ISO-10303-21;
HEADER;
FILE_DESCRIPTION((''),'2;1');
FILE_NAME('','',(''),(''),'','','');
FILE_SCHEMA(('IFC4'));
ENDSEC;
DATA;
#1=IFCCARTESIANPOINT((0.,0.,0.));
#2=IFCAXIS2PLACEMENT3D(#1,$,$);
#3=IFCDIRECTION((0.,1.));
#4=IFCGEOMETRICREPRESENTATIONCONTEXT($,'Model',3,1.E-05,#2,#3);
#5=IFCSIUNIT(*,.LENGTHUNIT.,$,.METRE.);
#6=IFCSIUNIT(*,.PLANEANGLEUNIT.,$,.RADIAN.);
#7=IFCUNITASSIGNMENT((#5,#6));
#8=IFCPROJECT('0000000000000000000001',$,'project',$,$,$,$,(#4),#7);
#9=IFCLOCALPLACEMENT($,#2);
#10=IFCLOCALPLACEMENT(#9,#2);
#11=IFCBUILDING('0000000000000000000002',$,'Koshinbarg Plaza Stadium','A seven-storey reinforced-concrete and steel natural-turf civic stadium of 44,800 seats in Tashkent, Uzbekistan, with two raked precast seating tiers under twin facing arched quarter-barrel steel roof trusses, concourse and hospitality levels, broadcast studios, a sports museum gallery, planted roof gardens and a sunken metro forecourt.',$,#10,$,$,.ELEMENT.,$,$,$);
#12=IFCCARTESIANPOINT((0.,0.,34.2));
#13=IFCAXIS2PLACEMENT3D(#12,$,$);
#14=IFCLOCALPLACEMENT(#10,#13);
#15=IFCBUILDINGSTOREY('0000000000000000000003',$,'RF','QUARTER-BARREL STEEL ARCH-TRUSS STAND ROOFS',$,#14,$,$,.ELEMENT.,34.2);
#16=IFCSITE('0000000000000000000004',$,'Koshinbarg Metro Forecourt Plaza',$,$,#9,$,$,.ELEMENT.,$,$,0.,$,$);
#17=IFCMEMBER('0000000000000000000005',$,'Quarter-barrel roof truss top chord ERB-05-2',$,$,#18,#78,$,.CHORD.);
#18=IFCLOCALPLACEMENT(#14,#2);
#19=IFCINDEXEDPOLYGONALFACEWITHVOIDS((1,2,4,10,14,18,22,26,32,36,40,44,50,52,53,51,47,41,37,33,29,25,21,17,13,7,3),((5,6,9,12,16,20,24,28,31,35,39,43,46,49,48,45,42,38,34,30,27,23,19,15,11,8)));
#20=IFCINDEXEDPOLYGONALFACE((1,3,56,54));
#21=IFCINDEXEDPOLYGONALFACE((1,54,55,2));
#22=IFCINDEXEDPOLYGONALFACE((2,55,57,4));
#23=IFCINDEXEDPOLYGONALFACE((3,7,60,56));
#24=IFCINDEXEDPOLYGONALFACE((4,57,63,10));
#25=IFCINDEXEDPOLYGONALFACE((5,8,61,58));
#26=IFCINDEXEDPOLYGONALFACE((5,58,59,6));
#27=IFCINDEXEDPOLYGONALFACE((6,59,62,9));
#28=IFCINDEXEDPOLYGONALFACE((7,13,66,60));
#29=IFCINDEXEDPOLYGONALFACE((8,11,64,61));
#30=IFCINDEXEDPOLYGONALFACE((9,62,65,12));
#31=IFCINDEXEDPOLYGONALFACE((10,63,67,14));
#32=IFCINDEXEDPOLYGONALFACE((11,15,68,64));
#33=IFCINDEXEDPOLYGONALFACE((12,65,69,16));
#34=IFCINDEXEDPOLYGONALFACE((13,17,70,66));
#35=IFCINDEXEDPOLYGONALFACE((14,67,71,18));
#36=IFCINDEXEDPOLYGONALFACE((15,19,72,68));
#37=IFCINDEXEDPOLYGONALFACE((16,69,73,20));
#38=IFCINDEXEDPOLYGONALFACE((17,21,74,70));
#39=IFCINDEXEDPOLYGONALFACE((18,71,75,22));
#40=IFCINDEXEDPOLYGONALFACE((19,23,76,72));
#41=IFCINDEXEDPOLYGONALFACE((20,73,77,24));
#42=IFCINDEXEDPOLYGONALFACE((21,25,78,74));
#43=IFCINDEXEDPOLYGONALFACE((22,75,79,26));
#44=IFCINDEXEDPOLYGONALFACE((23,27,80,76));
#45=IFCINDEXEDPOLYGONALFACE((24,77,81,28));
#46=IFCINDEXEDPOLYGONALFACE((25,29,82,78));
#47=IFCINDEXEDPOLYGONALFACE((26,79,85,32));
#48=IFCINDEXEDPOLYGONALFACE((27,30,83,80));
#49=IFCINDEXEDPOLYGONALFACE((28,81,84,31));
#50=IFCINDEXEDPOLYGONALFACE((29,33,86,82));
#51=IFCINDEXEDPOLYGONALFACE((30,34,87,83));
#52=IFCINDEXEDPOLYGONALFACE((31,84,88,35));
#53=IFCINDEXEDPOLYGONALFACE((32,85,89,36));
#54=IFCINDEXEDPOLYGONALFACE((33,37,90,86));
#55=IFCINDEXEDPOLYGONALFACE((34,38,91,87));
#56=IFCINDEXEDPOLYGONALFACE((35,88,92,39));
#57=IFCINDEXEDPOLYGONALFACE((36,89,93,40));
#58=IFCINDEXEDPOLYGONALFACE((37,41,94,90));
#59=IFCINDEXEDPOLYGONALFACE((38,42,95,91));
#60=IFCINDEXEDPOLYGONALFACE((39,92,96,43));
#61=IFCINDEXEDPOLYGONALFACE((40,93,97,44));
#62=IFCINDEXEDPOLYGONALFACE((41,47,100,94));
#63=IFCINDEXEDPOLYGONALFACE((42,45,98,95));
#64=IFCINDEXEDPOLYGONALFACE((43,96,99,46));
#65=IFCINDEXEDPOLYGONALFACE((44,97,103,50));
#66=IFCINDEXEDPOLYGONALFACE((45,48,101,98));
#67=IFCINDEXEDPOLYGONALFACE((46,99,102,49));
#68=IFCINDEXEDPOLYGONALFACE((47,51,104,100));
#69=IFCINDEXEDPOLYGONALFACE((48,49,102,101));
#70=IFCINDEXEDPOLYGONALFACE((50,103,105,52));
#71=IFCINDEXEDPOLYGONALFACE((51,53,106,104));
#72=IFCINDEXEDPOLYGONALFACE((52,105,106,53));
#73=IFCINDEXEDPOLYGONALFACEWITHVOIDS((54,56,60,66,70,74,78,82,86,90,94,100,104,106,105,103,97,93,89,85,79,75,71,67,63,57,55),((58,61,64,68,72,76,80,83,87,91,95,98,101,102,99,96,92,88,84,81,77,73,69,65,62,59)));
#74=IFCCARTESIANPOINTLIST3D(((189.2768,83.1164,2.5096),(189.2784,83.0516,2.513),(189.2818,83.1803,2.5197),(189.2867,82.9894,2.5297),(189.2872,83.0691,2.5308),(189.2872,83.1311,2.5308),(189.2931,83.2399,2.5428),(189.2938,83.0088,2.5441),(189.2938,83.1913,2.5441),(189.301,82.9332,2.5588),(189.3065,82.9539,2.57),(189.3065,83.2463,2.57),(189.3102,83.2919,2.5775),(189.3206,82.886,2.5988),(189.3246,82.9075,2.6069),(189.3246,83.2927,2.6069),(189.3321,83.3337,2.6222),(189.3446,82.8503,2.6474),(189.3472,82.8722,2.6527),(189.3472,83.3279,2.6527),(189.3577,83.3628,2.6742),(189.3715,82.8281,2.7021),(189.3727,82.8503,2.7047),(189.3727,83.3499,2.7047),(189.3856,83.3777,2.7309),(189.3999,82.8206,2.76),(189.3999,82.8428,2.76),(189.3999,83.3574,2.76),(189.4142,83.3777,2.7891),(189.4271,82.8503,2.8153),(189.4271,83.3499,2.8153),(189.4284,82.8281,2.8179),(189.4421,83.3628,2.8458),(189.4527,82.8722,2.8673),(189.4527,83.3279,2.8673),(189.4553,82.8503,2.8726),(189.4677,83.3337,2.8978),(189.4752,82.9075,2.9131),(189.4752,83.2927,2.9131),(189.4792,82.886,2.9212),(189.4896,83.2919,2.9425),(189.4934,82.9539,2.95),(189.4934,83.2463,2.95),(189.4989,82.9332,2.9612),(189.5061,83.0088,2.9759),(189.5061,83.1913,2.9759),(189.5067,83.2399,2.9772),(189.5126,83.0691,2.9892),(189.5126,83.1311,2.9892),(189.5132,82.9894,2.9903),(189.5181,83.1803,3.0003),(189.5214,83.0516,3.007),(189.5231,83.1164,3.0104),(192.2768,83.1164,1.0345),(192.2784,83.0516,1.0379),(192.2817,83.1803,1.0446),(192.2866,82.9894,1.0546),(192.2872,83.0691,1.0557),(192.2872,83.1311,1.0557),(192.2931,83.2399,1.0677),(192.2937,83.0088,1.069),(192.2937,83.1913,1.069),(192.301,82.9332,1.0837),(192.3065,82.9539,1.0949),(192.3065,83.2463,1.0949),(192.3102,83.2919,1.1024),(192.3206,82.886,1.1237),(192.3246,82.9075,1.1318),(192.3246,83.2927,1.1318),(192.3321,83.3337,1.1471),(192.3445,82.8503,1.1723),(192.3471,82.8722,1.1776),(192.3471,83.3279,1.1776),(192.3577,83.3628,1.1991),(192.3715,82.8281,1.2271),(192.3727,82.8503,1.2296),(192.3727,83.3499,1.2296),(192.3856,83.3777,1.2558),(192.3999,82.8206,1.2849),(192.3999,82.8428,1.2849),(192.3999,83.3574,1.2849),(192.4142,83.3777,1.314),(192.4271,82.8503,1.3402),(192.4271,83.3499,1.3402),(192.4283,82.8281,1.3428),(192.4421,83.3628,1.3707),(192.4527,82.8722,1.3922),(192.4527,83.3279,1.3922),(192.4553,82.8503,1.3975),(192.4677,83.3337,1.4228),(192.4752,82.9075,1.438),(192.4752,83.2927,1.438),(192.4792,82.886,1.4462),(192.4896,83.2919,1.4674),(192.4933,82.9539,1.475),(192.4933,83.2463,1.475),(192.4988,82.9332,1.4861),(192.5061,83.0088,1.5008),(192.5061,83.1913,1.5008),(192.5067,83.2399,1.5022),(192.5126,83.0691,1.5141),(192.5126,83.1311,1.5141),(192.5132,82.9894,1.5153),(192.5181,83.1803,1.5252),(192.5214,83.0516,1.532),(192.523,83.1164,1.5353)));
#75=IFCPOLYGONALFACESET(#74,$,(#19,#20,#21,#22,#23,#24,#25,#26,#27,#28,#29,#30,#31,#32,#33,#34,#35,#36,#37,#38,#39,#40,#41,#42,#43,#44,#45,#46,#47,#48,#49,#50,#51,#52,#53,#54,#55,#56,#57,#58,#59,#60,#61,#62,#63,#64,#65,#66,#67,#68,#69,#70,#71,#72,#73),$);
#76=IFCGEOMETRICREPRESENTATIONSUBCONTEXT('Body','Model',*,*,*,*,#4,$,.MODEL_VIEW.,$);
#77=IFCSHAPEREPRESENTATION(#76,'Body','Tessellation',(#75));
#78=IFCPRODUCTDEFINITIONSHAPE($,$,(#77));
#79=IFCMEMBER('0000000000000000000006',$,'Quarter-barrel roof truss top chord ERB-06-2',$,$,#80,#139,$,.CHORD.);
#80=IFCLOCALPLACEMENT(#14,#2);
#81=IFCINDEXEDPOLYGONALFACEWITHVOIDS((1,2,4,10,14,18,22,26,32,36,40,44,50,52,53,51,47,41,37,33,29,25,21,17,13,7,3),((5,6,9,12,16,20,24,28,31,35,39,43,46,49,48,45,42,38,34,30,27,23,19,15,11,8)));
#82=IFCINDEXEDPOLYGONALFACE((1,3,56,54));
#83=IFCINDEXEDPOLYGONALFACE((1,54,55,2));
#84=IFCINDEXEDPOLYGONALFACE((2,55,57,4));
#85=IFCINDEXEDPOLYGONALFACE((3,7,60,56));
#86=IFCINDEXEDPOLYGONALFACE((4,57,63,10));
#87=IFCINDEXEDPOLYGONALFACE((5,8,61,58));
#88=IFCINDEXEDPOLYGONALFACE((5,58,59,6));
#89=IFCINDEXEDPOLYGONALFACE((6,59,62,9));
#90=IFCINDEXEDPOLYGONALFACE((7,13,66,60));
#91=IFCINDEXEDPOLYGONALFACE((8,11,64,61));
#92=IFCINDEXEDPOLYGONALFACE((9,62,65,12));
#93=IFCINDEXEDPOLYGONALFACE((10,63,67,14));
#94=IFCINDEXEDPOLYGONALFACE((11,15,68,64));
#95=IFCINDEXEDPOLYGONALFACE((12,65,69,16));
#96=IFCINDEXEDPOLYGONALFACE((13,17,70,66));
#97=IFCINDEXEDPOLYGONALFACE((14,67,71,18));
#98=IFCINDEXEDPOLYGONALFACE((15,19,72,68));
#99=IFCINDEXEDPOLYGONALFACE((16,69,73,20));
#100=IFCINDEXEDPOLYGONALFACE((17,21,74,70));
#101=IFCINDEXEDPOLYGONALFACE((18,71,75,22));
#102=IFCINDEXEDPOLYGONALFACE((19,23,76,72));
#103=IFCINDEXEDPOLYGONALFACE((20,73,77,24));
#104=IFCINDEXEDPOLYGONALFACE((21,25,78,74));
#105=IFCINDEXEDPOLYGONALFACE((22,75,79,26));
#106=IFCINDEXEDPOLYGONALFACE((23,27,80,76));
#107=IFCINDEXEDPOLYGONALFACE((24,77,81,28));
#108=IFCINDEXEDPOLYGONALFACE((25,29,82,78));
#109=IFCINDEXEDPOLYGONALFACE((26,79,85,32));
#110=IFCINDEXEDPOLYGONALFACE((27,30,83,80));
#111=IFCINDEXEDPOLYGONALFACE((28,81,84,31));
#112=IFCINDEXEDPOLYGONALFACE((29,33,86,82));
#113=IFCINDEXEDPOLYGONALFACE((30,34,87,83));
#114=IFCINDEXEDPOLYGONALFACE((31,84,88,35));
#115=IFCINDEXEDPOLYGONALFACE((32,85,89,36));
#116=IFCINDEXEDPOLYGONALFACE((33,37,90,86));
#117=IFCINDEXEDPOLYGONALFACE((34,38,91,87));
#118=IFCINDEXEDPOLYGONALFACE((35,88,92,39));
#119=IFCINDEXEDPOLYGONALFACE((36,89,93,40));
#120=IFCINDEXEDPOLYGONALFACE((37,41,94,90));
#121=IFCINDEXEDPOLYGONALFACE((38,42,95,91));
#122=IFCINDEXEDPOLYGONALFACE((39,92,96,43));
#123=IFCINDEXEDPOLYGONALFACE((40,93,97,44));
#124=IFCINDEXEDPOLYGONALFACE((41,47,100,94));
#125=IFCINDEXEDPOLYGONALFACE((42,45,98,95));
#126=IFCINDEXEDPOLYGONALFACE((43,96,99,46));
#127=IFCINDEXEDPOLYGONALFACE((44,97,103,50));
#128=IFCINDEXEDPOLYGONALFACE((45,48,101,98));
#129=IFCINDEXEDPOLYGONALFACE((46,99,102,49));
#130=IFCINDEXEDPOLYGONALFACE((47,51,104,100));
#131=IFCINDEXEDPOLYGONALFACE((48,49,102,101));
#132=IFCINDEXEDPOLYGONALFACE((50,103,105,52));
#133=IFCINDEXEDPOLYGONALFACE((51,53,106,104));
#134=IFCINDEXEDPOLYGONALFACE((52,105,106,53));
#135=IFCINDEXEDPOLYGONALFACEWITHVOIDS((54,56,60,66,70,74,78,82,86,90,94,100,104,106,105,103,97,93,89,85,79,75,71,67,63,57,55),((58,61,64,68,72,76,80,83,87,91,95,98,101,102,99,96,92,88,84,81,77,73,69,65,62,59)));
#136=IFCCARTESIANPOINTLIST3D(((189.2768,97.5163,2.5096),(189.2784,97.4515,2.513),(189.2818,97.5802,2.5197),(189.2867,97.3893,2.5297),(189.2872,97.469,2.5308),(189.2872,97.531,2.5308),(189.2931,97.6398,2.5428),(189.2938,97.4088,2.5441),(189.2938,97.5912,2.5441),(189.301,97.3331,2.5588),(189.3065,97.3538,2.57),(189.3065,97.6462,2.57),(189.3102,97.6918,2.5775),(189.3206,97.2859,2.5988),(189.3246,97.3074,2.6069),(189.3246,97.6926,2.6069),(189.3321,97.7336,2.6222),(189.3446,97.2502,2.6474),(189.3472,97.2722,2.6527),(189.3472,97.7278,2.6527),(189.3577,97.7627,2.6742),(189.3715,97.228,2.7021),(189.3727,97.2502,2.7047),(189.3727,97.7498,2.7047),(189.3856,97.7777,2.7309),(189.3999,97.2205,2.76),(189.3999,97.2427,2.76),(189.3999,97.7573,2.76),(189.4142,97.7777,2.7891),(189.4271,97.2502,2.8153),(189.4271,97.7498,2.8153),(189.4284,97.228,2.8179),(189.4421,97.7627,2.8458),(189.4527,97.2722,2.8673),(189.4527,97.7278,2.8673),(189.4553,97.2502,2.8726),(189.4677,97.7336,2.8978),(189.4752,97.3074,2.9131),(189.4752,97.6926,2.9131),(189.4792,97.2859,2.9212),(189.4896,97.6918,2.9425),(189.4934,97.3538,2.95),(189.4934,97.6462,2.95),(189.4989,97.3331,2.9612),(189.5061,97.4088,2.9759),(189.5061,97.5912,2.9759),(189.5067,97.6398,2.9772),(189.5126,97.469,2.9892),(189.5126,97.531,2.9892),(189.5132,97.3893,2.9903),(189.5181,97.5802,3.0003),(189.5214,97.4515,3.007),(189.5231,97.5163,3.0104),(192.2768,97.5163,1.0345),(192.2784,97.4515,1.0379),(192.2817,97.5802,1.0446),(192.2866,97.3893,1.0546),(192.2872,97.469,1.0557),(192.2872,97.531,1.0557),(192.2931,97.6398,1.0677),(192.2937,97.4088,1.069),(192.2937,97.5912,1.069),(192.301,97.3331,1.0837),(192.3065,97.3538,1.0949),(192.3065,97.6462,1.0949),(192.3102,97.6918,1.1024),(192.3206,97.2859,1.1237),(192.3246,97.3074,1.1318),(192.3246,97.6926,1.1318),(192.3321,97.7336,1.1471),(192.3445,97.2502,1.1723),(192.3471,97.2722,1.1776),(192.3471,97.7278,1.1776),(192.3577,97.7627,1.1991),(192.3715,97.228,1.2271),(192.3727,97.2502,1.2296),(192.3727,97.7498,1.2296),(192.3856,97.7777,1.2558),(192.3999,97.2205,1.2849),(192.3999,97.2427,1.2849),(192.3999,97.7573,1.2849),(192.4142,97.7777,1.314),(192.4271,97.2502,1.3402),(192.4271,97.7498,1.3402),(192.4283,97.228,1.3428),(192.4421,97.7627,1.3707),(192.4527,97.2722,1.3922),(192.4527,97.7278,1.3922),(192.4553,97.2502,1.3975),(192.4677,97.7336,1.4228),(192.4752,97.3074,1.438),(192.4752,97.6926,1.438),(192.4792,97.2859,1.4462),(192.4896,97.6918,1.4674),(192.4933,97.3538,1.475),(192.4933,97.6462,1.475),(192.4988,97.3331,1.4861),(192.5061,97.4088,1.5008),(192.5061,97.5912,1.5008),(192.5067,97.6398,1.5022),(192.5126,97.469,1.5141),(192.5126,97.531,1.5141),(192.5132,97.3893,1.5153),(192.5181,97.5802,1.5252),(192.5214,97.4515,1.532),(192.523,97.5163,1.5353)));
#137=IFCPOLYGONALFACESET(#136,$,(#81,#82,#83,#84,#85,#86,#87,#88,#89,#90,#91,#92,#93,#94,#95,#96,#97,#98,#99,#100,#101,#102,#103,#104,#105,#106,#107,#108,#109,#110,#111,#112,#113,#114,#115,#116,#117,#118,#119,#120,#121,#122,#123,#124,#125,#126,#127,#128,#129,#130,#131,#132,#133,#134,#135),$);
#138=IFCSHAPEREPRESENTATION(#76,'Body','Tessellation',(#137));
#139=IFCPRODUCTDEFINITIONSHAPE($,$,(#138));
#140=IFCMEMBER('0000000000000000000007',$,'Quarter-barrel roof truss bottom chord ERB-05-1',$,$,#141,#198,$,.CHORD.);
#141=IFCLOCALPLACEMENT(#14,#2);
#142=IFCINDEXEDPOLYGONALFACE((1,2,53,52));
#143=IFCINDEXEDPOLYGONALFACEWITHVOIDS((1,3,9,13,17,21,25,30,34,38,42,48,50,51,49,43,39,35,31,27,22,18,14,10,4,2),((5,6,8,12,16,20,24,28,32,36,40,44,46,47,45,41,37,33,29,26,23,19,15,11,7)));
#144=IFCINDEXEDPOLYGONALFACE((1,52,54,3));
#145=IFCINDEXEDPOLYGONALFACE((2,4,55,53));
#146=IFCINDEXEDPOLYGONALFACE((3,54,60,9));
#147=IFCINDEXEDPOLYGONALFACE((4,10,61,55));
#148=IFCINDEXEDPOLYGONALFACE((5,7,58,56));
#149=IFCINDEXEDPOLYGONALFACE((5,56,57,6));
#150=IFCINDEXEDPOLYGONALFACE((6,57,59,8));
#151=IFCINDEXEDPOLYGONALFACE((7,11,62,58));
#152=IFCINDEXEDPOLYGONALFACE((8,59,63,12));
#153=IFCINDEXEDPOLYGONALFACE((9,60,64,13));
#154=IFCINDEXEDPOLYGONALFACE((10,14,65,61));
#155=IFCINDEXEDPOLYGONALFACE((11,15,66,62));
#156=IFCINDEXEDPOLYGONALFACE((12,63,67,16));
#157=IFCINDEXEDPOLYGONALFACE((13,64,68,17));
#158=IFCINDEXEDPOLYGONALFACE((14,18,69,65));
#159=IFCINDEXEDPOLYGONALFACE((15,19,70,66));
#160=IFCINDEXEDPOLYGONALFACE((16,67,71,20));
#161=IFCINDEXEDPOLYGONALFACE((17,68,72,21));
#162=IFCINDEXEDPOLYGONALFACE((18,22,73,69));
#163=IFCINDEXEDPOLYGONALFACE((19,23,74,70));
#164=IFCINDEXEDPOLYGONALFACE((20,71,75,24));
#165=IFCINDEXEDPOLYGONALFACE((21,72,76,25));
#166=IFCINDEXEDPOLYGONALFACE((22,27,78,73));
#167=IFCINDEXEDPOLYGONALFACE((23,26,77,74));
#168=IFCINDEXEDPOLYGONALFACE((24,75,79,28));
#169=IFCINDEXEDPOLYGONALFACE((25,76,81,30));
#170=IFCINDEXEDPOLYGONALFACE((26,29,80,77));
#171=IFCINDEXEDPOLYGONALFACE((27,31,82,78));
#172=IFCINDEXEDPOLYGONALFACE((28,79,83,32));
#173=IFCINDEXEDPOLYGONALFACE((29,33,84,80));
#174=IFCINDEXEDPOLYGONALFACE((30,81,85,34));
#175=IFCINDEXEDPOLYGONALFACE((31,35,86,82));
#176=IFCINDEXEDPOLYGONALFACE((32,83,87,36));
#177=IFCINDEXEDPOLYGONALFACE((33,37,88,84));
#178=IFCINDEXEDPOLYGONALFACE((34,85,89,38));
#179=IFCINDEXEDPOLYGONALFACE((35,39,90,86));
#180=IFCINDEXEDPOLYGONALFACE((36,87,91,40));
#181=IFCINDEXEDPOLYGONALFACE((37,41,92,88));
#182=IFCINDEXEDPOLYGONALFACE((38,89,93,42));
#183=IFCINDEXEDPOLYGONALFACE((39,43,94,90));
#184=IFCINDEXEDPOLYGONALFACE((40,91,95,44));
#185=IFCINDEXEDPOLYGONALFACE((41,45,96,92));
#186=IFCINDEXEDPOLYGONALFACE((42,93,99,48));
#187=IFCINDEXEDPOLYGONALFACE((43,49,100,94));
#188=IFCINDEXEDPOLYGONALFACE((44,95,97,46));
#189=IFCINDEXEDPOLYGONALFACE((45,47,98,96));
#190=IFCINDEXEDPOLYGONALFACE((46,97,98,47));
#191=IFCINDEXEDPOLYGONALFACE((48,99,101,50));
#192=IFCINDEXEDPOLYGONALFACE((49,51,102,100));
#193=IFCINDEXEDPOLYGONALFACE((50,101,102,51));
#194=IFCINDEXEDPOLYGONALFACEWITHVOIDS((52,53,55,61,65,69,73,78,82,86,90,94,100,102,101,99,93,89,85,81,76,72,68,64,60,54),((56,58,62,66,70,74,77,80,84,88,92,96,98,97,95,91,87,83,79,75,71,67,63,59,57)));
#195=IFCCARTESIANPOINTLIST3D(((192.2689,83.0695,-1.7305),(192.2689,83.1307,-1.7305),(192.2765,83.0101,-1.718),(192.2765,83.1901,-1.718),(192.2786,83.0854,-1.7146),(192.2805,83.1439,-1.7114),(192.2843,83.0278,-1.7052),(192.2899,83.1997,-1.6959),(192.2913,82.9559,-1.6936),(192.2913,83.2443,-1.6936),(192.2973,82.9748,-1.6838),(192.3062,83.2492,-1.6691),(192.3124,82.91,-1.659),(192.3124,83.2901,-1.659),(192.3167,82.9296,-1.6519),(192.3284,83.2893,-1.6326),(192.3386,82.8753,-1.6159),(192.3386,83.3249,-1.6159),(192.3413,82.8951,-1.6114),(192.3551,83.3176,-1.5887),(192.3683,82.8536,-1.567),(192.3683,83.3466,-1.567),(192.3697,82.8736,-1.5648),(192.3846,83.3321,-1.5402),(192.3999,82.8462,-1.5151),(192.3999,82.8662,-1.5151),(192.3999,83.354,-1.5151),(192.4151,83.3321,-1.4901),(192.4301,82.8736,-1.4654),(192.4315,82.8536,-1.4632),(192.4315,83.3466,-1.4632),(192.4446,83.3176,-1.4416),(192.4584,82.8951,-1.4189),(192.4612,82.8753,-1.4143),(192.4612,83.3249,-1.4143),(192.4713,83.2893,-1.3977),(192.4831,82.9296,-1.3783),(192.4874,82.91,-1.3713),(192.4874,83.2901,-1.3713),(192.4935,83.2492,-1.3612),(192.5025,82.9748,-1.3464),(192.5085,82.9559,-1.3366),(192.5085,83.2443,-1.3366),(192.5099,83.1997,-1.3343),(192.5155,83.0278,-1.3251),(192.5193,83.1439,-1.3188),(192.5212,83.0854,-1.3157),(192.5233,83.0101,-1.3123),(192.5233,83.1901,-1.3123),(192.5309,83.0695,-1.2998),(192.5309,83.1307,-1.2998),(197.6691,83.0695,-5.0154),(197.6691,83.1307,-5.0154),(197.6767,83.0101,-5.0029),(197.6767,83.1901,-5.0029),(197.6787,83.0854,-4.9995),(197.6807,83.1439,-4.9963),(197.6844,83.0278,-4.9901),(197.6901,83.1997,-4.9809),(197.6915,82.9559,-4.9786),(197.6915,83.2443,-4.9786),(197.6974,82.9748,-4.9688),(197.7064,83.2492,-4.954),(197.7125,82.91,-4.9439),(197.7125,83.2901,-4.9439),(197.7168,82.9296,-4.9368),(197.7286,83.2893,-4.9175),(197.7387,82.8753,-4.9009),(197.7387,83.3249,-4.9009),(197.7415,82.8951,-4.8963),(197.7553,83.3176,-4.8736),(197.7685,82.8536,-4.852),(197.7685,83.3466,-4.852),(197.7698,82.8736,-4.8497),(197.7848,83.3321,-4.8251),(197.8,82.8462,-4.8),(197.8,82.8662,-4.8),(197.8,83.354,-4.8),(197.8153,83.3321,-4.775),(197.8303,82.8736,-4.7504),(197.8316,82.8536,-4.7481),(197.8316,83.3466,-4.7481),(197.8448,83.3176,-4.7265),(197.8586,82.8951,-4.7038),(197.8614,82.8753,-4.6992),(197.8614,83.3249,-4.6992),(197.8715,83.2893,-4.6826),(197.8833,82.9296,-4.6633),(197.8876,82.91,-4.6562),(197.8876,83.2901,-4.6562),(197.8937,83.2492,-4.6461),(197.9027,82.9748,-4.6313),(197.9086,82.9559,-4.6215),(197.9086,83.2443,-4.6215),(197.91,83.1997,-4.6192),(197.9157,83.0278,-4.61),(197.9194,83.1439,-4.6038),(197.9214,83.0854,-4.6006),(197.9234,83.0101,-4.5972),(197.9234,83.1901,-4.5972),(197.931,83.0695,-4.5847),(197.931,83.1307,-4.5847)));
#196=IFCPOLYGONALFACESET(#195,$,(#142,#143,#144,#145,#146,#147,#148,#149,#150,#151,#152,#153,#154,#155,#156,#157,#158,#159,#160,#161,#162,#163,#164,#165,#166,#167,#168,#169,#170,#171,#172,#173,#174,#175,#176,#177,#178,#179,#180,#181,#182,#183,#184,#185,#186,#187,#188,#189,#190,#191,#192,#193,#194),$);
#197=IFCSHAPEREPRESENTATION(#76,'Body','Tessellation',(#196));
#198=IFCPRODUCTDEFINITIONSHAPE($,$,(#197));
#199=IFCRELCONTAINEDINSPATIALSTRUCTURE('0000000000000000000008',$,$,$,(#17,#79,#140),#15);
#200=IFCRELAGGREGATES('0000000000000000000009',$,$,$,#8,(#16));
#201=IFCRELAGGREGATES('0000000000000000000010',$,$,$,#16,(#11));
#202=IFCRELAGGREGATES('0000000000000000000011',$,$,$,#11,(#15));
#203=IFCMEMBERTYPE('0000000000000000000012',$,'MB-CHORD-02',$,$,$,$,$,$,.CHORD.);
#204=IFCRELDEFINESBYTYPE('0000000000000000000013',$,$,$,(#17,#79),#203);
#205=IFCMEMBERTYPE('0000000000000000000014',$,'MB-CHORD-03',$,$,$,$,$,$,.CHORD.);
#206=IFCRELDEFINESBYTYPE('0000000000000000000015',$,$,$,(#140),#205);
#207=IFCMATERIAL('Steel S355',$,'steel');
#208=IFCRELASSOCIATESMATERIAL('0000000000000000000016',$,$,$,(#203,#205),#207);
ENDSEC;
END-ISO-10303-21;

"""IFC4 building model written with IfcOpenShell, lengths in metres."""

from ifc_helpers import new_model, si_unit, direction, frame, origin, origin_2d, place, context, subcontext, project, spatial, hollow_circle, extrude, material, material_profile, profile_set, type_object, element, save


model = new_model("IFC4")

# Units and contexts
model_context = context("Model", 3, precision=1e-05, world=origin(), true_north=direction((0.0, 1.0)))
body_context = subcontext(model_context, "Body", "Model", "MODEL_VIEW")
ifc_project = project(units=[si_unit("LENGTHUNIT", "METRE"), si_unit("PLANEANGLEUNIT", "RADIAN")], contexts=[model_context])

# Site, building, storey
site_placement = place(None, origin())
site = spatial("IfcSite", under=ifc_project, at=site_placement, Name="Koshinbarg Metro Forecourt Plaza", CompositionType="ELEMENT", RefElevation=0.0)
building_placement = place(site_placement, origin())
building = spatial("IfcBuilding", under=site, at=building_placement, Name="Koshinbarg Plaza Stadium", Description="A seven-storey reinforced-concrete and steel natural-turf civic stadium of 44,800 seats in Tashkent, Uzbekistan, with two raked precast seating tiers under twin facing arched quarter-barrel steel roof trusses, concourse and hospitality levels, broadcast studios, a sports museum gallery, planted roof gardens and a sunken metro forecourt.", CompositionType="ELEMENT")
storey_placement = place(building_placement, frame((0.0, 0.0, 34.2)))
storey = spatial("IfcBuildingStorey", under=building, at=storey_placement, Name="RF", Description="QUARTER-BARREL STEEL ARCH-TRUSS STAND ROOFS", CompositionType="ELEMENT", Elevation=34.2)

# Members
ifc_material_1 = material(Name="Steel S355", Category="steel")
ifc_material_profile_1 = material_profile(ifc_material_1, hollow_circle(Radius=0.2795, WallThickness=0.0222, at=origin_2d()), Name="CHS 559x22.2")
ifc_profile_set_1 = profile_set([ifc_material_profile_1], Name="Steel S355")
member_type_1 = type_object("IfcMemberType", Name="MB-CHORD-02", PredefinedType="CHORD", material=ifc_profile_set_1)
for number, where, z_axis, x_axis, name in (
    (1, (192.3999, 83.1001, 1.2849), (-0.897387, 0.0, 0.441244), (0.0, -1.0, 0.0), "Quarter-barrel roof truss top chord ERB-05-2"),
    (2, (192.3999, 97.5, 1.2849), (-0.897387, 0.0, 0.441244), (0.0, -1.0, 0.0), "Quarter-barrel roof truss top chord ERB-06-2"),
):
    element("IfcMember", number, at=place(storey_placement, frame(where, z_axis=z_axis, x_axis=x_axis)), inside=storey, type_object=member_type_1, Name=name, PredefinedType="CHORD", context=body_context, shape_type="SweptSolid", body=[
        extrude(hollow_circle(Radius=0.2795, WallThickness=0.0222, at=origin_2d()), origin(), (0.0, 0.0, 1.0), 3.343),
    ])
ifc_material_profile_2 = material_profile(ifc_material_1, hollow_circle(Radius=0.2539, WallThickness=0.02, at=origin_2d()), Name="CHS 508x20")
ifc_profile_set_2 = profile_set([ifc_material_profile_2], Name="Steel S355")
member_type_2 = type_object("IfcMemberType", Name="MB-CHORD-03", PredefinedType="CHORD", material=ifc_profile_set_2)
for number, where, z_axis, x_axis, name in (
    (3, (197.8, 83.1001, -4.8), (-0.854348, 0.0, 0.519701), (0.0, -1.0, 0.0), "Quarter-barrel roof truss bottom chord ERB-05-1"),
):
    element("IfcMember", number, at=place(storey_placement, frame(where, z_axis=z_axis, x_axis=x_axis)), inside=storey, type_object=member_type_2, Name=name, PredefinedType="CHORD", context=body_context, shape_type="SweptSolid", body=[
        extrude(hollow_circle(Radius=0.2539, WallThickness=0.02, at=origin_2d()), origin(), (0.0, 0.0, 1.0), 6.3208),
    ])

save(model, "model.ifc")
